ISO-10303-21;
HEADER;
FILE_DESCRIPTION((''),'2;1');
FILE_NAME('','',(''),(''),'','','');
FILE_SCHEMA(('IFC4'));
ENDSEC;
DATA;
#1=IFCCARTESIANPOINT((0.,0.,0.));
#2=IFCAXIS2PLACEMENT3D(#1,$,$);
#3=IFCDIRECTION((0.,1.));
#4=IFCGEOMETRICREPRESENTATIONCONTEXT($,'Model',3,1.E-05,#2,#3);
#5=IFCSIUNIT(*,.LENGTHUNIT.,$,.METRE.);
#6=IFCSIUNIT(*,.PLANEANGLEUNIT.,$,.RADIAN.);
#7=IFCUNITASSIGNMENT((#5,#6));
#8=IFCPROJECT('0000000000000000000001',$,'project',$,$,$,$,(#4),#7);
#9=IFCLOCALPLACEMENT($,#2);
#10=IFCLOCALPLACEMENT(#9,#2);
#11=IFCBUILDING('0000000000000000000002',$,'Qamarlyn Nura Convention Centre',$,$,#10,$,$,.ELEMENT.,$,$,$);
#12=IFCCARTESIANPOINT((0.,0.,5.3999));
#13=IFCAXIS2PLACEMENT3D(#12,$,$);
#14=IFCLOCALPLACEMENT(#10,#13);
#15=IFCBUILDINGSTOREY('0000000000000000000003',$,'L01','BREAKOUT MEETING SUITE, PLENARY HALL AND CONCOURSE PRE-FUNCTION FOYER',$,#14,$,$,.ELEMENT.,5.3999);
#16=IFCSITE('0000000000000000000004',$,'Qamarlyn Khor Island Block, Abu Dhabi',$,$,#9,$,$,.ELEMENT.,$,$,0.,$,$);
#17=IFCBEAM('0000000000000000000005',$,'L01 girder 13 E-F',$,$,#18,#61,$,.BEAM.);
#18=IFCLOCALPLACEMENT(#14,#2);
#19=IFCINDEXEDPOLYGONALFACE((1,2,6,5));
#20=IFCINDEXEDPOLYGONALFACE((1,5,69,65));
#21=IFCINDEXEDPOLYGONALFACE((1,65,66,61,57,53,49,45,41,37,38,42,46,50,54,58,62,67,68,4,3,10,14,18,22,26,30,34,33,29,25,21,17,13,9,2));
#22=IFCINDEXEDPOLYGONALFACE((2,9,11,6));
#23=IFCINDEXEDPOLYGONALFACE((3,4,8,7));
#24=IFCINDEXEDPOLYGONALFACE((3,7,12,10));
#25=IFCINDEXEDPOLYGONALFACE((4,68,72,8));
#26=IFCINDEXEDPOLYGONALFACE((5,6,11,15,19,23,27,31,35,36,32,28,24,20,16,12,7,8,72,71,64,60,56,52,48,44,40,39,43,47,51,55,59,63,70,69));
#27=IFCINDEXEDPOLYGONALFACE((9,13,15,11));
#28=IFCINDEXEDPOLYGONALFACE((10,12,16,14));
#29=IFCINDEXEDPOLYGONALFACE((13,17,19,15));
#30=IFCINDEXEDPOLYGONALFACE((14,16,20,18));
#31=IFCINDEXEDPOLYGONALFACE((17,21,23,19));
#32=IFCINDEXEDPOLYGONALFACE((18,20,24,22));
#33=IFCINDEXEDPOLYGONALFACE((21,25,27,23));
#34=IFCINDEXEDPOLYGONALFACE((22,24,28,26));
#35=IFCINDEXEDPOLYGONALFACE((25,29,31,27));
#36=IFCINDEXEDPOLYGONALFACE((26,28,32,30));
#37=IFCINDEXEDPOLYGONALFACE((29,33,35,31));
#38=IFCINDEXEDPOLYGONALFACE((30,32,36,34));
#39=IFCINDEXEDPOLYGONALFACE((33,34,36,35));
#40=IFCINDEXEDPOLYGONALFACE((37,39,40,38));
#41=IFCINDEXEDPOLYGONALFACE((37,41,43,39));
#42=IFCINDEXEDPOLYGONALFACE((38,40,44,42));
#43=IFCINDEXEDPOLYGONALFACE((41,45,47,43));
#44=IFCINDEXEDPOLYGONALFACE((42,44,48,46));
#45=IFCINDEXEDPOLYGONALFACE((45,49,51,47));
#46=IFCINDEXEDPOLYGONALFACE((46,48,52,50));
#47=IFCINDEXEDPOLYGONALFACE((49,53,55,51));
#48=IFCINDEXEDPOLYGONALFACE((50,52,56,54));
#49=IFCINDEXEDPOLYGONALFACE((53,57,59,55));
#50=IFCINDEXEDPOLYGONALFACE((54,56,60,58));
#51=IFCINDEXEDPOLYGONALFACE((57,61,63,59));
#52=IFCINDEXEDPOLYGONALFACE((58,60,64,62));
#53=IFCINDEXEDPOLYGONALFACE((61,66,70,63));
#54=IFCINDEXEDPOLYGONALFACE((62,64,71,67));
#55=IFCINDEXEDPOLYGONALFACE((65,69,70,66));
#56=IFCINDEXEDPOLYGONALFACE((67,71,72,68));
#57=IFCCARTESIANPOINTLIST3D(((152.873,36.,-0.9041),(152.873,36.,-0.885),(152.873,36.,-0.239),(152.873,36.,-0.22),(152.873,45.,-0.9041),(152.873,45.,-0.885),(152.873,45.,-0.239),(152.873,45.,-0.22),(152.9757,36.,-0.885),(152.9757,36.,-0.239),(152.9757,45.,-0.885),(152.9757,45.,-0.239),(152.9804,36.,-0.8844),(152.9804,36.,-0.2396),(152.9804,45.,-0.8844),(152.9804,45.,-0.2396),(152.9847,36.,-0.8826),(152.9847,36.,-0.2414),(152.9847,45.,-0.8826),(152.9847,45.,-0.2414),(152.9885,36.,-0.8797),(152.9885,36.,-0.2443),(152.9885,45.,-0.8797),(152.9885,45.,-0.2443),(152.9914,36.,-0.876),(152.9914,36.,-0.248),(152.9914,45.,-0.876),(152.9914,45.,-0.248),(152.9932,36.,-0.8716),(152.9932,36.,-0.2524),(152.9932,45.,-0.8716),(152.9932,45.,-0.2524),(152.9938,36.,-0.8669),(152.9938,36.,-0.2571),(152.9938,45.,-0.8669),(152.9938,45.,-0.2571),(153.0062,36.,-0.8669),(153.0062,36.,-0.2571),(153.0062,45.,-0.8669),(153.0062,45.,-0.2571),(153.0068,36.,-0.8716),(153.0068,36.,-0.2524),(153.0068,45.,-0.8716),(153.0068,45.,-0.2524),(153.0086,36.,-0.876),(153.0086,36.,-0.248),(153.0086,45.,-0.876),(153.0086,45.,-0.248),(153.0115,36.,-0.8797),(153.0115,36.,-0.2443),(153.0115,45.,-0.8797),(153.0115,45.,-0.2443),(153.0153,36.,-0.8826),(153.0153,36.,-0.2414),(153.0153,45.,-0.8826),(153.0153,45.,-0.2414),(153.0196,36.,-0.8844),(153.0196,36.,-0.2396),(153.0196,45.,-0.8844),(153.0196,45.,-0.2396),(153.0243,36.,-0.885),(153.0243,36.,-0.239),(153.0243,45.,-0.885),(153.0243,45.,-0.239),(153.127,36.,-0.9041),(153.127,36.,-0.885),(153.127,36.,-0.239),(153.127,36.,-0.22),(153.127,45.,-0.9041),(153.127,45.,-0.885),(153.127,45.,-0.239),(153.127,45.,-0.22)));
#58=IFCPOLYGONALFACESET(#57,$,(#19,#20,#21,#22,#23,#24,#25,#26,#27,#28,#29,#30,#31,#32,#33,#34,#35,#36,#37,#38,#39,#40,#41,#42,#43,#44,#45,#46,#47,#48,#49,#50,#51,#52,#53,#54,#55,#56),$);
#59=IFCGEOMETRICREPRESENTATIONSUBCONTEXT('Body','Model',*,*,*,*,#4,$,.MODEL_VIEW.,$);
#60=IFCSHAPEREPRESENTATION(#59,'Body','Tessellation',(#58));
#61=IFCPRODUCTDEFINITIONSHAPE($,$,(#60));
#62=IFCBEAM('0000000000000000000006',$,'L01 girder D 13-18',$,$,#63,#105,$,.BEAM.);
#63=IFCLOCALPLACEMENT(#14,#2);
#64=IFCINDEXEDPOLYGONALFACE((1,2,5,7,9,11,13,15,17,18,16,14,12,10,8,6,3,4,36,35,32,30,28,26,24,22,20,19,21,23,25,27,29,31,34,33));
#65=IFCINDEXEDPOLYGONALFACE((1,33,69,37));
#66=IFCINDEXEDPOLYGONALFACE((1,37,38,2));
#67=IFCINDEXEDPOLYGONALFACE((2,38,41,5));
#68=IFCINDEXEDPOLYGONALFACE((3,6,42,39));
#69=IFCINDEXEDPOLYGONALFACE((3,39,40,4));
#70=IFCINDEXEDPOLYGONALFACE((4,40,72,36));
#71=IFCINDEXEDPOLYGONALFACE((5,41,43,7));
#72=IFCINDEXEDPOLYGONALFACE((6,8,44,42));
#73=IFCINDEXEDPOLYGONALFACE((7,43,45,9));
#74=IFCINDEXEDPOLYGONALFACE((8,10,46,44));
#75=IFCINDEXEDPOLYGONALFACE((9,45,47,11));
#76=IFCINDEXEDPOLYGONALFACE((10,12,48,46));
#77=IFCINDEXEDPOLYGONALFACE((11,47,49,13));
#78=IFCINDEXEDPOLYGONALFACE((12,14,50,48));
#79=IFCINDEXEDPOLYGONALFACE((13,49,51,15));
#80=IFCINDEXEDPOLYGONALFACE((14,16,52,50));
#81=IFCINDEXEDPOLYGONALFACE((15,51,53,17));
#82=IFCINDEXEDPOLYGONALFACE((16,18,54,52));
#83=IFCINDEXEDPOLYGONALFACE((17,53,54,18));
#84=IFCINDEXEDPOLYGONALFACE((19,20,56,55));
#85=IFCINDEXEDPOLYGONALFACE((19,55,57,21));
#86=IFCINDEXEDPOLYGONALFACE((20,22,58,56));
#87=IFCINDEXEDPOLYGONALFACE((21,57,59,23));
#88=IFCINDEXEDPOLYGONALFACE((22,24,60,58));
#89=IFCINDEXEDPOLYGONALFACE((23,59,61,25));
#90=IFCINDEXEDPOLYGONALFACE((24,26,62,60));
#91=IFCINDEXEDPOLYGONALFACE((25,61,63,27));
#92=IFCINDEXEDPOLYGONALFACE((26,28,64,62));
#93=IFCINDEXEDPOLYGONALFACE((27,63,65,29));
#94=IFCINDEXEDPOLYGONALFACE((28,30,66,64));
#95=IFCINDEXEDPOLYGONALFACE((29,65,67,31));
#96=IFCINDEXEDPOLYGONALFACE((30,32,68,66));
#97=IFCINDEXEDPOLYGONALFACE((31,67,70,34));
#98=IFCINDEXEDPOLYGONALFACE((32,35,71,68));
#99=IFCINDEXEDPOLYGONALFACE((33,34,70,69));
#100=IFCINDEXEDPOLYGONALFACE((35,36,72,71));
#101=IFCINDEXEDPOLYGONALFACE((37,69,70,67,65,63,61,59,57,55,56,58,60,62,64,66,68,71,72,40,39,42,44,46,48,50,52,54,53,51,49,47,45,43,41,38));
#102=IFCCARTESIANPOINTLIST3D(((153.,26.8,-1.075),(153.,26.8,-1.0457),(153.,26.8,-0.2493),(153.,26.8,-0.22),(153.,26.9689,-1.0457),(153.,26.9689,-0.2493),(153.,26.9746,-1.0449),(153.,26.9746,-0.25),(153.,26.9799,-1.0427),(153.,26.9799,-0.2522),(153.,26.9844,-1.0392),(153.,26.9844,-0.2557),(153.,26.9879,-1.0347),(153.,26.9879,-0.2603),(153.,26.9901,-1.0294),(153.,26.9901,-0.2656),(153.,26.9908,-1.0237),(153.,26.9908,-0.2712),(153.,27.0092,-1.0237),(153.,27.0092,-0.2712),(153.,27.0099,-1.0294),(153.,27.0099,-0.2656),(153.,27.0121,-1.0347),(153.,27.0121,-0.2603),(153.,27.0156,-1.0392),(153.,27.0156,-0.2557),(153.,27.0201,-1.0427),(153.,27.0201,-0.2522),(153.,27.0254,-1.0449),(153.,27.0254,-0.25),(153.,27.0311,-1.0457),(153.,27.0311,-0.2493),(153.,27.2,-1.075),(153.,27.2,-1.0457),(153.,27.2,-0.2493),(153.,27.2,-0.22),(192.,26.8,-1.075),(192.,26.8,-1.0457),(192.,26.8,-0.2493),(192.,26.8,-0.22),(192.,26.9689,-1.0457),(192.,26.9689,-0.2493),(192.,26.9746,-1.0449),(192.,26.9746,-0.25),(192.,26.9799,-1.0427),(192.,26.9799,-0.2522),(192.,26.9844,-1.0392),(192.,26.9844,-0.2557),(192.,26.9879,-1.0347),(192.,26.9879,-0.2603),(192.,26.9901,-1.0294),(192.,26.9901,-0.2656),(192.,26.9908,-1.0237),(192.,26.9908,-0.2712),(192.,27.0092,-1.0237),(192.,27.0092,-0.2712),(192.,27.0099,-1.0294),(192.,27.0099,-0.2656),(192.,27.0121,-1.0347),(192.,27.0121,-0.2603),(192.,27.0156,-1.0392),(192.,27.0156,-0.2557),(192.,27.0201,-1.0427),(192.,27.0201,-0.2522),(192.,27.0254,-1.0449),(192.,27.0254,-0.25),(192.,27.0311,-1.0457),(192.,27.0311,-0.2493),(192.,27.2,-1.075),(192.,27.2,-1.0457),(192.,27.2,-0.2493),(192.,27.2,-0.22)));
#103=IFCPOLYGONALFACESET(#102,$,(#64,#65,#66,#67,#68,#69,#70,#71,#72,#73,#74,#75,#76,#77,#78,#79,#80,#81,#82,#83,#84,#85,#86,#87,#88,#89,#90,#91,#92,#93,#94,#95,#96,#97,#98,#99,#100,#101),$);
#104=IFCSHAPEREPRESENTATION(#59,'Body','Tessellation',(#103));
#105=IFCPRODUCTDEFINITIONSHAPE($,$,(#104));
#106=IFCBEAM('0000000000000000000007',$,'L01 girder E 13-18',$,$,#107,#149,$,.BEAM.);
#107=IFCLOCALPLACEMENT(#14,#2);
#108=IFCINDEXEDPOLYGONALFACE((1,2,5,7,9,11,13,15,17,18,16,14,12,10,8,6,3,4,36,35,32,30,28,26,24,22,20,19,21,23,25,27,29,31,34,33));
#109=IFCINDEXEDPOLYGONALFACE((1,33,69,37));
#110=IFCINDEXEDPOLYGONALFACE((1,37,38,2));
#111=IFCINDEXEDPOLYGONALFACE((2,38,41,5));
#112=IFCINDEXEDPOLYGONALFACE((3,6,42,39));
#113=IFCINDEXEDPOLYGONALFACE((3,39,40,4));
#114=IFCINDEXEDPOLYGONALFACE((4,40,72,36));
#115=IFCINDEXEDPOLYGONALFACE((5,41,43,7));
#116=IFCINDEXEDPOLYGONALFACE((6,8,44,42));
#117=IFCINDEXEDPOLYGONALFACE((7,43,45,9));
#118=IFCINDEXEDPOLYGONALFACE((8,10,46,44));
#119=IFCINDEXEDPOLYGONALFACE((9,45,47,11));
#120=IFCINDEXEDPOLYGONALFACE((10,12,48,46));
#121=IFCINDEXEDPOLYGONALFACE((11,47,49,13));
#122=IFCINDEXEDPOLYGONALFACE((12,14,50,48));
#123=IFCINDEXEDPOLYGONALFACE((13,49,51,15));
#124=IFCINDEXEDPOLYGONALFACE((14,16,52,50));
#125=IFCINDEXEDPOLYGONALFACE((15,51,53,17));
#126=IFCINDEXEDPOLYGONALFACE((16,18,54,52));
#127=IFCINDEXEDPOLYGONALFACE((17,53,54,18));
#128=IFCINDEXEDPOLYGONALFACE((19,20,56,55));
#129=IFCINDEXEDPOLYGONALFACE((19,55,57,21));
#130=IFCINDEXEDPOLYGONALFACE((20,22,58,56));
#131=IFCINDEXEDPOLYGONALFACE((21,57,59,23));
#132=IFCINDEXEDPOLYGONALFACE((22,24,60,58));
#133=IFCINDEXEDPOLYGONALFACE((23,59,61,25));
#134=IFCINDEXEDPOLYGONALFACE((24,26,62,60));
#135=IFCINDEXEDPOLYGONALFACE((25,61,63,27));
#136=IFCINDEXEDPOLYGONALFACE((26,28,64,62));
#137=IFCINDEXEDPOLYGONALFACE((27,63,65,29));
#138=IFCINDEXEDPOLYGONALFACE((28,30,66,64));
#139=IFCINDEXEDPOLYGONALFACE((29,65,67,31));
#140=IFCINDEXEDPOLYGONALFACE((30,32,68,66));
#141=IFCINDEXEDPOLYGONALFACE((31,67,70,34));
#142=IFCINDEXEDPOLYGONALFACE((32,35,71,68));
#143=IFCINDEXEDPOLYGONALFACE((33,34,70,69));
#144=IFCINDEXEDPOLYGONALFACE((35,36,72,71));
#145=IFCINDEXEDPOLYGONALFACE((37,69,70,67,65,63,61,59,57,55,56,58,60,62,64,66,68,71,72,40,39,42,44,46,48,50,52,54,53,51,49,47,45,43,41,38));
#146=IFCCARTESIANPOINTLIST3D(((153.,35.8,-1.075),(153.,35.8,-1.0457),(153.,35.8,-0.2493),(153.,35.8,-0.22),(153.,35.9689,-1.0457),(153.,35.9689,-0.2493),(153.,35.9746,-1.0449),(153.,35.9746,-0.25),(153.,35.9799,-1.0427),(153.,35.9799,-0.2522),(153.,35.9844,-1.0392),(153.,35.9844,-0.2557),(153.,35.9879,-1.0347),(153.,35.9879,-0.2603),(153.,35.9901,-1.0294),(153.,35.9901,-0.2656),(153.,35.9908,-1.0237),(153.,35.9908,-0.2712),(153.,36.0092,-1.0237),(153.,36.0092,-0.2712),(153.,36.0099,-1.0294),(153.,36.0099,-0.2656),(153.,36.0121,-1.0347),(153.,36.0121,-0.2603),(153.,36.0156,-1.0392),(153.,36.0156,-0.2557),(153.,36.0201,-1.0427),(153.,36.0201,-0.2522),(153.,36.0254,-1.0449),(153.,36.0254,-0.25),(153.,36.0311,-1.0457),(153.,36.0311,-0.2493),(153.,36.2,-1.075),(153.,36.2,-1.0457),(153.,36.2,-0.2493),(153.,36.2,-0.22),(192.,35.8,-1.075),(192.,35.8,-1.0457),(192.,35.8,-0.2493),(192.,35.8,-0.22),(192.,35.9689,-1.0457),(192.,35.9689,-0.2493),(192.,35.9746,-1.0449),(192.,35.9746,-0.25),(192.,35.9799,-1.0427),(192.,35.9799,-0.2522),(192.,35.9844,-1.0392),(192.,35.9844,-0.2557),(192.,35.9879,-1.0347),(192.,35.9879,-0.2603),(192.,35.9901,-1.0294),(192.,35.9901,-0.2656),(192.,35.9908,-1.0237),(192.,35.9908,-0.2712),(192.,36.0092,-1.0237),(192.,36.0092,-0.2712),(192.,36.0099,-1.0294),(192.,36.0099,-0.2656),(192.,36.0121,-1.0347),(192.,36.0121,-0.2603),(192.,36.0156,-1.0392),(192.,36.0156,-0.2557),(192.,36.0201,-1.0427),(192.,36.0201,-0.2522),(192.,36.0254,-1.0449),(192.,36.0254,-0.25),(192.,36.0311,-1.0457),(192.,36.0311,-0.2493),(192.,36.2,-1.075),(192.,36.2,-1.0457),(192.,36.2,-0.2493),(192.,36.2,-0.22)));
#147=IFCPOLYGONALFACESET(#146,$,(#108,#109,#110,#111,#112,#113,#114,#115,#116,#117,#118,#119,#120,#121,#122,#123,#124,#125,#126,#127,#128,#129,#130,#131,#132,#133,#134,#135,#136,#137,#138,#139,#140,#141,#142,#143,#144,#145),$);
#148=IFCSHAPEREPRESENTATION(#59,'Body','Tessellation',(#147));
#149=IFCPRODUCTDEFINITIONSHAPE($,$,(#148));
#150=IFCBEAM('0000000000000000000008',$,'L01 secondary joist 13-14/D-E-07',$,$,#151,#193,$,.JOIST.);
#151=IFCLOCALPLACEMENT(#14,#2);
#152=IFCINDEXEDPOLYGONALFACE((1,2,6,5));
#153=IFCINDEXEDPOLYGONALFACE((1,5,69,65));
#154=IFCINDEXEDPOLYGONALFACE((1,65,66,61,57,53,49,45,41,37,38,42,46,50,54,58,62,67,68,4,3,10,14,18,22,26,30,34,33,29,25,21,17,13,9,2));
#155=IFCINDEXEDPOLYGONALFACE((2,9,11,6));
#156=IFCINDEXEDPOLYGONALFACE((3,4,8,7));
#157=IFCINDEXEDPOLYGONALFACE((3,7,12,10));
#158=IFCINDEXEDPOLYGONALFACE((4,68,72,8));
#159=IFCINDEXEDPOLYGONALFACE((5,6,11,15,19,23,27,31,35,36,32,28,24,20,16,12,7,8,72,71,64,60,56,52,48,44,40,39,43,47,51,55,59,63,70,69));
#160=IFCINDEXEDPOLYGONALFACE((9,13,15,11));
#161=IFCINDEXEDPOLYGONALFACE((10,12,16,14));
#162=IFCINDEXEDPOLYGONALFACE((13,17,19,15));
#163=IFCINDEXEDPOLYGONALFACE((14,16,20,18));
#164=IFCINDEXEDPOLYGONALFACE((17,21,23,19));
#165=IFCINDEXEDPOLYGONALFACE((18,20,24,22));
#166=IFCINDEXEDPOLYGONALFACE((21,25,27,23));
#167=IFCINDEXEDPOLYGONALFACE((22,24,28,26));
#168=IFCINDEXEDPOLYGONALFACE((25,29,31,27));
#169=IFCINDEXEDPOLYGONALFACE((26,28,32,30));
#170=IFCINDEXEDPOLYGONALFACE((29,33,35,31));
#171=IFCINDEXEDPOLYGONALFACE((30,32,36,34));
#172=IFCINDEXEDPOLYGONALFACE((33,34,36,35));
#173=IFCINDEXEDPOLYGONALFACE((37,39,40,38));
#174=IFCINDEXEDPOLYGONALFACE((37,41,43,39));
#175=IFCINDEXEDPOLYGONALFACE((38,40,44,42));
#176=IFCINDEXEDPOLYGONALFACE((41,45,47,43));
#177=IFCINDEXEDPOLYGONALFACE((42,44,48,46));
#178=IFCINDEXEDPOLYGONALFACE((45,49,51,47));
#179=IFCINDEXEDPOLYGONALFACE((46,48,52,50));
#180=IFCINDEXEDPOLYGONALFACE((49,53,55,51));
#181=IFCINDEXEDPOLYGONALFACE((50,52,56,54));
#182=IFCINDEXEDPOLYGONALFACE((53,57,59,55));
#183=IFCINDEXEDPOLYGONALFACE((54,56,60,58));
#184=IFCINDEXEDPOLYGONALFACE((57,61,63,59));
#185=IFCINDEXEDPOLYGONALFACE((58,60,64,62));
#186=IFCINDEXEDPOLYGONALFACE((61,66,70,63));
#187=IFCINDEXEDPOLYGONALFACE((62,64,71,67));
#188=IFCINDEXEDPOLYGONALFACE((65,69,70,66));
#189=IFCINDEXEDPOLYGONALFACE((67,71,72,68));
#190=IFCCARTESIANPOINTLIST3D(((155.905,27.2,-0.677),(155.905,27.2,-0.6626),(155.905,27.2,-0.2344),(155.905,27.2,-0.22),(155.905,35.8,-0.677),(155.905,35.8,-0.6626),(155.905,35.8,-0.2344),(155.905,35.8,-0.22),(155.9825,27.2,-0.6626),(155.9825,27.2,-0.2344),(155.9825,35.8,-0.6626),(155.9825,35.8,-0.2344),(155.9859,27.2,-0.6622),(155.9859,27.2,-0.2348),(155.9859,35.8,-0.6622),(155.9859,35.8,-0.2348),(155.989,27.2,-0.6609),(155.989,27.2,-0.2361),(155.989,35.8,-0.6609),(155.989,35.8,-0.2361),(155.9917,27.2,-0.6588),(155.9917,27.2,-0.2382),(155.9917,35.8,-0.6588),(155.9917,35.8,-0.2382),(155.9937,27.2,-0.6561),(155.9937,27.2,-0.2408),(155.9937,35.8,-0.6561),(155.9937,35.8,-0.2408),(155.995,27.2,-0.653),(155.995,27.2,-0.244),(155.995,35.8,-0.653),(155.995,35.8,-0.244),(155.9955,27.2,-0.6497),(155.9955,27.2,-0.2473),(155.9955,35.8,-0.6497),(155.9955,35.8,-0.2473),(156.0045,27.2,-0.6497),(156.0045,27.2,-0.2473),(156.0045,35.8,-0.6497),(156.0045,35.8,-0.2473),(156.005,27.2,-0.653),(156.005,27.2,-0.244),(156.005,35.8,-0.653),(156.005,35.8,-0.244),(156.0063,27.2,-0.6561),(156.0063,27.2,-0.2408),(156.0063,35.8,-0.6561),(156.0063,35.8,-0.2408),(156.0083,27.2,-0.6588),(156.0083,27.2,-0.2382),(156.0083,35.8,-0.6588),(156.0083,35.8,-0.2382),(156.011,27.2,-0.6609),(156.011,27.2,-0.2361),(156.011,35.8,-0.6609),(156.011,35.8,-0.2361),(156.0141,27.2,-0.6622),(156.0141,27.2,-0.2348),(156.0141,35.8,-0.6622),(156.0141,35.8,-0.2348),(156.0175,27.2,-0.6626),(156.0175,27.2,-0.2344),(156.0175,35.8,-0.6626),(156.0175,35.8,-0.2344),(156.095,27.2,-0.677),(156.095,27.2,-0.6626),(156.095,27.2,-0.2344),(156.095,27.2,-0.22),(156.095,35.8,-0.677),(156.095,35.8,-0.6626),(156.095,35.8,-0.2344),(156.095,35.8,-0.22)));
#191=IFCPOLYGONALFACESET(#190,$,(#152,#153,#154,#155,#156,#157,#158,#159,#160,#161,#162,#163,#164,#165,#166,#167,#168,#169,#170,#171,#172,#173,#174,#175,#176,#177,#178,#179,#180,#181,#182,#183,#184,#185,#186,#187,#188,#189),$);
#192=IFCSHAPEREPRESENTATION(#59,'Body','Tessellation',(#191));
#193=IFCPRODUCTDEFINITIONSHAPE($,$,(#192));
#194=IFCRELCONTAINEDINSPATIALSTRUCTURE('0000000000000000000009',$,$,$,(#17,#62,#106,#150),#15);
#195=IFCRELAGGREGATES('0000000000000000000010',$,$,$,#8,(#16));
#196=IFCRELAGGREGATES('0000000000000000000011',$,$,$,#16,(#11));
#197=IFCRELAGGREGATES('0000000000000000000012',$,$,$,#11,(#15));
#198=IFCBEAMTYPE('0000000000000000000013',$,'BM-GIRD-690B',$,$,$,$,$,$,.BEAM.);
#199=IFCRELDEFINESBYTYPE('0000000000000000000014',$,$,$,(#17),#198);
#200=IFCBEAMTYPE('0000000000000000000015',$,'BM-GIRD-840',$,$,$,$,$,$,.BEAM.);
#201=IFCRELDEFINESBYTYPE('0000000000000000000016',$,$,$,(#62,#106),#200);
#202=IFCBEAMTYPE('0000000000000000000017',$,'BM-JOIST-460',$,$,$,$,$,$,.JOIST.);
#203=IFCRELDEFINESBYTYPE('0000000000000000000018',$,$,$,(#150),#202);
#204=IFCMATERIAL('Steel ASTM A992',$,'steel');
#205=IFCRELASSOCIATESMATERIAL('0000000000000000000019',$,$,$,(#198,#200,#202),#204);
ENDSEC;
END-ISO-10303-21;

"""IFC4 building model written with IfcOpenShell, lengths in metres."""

from ifc_helpers import new_model, si_unit, direction, frame, origin, origin_2d, place, context, subcontext, project, spatial, i_section, extrude, material, material_profile, profile_set, type_object, element, save


model = new_model("IFC4")

# Units and contexts
model_context = context("Model", 3, precision=1e-05, world=origin(), true_north=direction((0.0, 1.0)))
body_context = subcontext(model_context, "Body", "Model", "MODEL_VIEW")
ifc_project = project(units=[si_unit("LENGTHUNIT", "METRE"), si_unit("PLANEANGLEUNIT", "RADIAN")], contexts=[model_context])

# Site, building, storey
site_placement = place(None, origin())
site = spatial("IfcSite", under=ifc_project, at=site_placement, Name="Qamarlyn Khor Island Block, Abu Dhabi", CompositionType="ELEMENT", RefElevation=0.0)
building_placement = place(site_placement, origin())
building = spatial("IfcBuilding", under=site, at=building_placement, Name="Qamarlyn Nura Convention Centre", CompositionType="ELEMENT")
storey_placement = place(building_placement, frame((0.0, 0.0, 5.3999)))
storey = spatial("IfcBuildingStorey", under=building, at=storey_placement, Name="L01", Description="BREAKOUT MEETING SUITE, PLENARY HALL AND CONCOURSE PRE-FUNCTION FOYER", CompositionType="ELEMENT", Elevation=5.3999)

# Shared definitions
ifc_material_1 = material(Name="Steel ASTM A992", Category="steel")

# Beams
ifc_material_profile_1 = material_profile(ifc_material_1, i_section(OverallWidth=0.2539, OverallDepth=0.6841, WebThickness=0.0125, FlangeThickness=0.019, FilletRadius=0.0181, at=origin_2d()), Name="W690X140")
ifc_profile_set_1 = profile_set([ifc_material_profile_1], Name="Steel ASTM A992")
beam_type_1 = type_object("IfcBeamType", Name="BM-GIRD-690B", PredefinedType="BEAM", material=ifc_profile_set_1)
beam_1_placement = place(storey_placement, frame((153.0, 36.0, -0.562), z_axis=(0.0, 1.0, 0.0), x_axis=(-1.0, 0.0, 0.0)))
element("IfcBeam", 1, at=beam_1_placement, inside=storey, type_object=beam_type_1, Name="L01 girder 13 E-F", PredefinedType="BEAM", context=body_context, shape_type="SweptSolid", body=[
    extrude(i_section(OverallWidth=0.2539, OverallDepth=0.6841, WebThickness=0.0125, FlangeThickness=0.019, FilletRadius=0.0181, at=origin_2d()), origin(), (0.0, 0.0, 1.0), 9.0),
])
ifc_material_profile_2 = material_profile(ifc_material_1, i_section(OverallWidth=0.3999, OverallDepth=0.855, WebThickness=0.0183, FlangeThickness=0.0293, FilletRadius=0.022, at=origin_2d()), Name="W840X299")
ifc_profile_set_2 = profile_set([ifc_material_profile_2], Name="Steel ASTM A992")
beam_type_2 = type_object("IfcBeamType", Name="BM-GIRD-840", PredefinedType="BEAM", material=ifc_profile_set_2)
for number, where, z_axis, x_axis, name in (
    (2, (153.0, 27.0, -0.6475), (1.0, 0.0, 0.0), (0.0, 1.0, 0.0), "L01 girder D 13-18"),
    (3, (153.0, 36.0, -0.6475), (1.0, 0.0, 0.0), (0.0, 1.0, 0.0), "L01 girder E 13-18"),
):
    element("IfcBeam", number, at=place(storey_placement, frame(where, z_axis=z_axis, x_axis=x_axis)), inside=storey, type_object=beam_type_2, Name=name, PredefinedType="BEAM", context=body_context, shape_type="SweptSolid", body=[
        extrude(i_section(OverallWidth=0.3999, OverallDepth=0.855, WebThickness=0.0183, FlangeThickness=0.0293, FilletRadius=0.022, at=origin_2d()), origin(), (0.0, 0.0, 1.0), 39.0),
    ])
ifc_material_profile_3 = material_profile(ifc_material_1, i_section(OverallWidth=0.1899, OverallDepth=0.457, WebThickness=0.009, FlangeThickness=0.0144, FilletRadius=0.0129, at=origin_2d()), Name="W460X74")
ifc_profile_set_3 = profile_set([ifc_material_profile_3], Name="Steel ASTM A992")
beam_type_3 = type_object("IfcBeamType", Name="BM-JOIST-460", PredefinedType="JOIST", material=ifc_profile_set_3)
for number, where, z_axis, x_axis, name in (
    (4, (156.0, 27.2, -0.4485), (0.0, 1.0, 0.0), (-1.0, 0.0, 0.0), "L01 secondary joist 13-14/D-E-07"),
):
    element("IfcBeam", number, at=place(storey_placement, frame(where, z_axis=z_axis, x_axis=x_axis)), inside=storey, type_object=beam_type_3, Name=name, PredefinedType="JOIST", context=body_context, shape_type="SweptSolid", body=[
        extrude(i_section(OverallWidth=0.1899, OverallDepth=0.457, WebThickness=0.009, FlangeThickness=0.0144, FilletRadius=0.0129, at=origin_2d()), origin(), (0.0, 0.0, 1.0), 8.6001),
    ])

save(model, "model.ifc")
